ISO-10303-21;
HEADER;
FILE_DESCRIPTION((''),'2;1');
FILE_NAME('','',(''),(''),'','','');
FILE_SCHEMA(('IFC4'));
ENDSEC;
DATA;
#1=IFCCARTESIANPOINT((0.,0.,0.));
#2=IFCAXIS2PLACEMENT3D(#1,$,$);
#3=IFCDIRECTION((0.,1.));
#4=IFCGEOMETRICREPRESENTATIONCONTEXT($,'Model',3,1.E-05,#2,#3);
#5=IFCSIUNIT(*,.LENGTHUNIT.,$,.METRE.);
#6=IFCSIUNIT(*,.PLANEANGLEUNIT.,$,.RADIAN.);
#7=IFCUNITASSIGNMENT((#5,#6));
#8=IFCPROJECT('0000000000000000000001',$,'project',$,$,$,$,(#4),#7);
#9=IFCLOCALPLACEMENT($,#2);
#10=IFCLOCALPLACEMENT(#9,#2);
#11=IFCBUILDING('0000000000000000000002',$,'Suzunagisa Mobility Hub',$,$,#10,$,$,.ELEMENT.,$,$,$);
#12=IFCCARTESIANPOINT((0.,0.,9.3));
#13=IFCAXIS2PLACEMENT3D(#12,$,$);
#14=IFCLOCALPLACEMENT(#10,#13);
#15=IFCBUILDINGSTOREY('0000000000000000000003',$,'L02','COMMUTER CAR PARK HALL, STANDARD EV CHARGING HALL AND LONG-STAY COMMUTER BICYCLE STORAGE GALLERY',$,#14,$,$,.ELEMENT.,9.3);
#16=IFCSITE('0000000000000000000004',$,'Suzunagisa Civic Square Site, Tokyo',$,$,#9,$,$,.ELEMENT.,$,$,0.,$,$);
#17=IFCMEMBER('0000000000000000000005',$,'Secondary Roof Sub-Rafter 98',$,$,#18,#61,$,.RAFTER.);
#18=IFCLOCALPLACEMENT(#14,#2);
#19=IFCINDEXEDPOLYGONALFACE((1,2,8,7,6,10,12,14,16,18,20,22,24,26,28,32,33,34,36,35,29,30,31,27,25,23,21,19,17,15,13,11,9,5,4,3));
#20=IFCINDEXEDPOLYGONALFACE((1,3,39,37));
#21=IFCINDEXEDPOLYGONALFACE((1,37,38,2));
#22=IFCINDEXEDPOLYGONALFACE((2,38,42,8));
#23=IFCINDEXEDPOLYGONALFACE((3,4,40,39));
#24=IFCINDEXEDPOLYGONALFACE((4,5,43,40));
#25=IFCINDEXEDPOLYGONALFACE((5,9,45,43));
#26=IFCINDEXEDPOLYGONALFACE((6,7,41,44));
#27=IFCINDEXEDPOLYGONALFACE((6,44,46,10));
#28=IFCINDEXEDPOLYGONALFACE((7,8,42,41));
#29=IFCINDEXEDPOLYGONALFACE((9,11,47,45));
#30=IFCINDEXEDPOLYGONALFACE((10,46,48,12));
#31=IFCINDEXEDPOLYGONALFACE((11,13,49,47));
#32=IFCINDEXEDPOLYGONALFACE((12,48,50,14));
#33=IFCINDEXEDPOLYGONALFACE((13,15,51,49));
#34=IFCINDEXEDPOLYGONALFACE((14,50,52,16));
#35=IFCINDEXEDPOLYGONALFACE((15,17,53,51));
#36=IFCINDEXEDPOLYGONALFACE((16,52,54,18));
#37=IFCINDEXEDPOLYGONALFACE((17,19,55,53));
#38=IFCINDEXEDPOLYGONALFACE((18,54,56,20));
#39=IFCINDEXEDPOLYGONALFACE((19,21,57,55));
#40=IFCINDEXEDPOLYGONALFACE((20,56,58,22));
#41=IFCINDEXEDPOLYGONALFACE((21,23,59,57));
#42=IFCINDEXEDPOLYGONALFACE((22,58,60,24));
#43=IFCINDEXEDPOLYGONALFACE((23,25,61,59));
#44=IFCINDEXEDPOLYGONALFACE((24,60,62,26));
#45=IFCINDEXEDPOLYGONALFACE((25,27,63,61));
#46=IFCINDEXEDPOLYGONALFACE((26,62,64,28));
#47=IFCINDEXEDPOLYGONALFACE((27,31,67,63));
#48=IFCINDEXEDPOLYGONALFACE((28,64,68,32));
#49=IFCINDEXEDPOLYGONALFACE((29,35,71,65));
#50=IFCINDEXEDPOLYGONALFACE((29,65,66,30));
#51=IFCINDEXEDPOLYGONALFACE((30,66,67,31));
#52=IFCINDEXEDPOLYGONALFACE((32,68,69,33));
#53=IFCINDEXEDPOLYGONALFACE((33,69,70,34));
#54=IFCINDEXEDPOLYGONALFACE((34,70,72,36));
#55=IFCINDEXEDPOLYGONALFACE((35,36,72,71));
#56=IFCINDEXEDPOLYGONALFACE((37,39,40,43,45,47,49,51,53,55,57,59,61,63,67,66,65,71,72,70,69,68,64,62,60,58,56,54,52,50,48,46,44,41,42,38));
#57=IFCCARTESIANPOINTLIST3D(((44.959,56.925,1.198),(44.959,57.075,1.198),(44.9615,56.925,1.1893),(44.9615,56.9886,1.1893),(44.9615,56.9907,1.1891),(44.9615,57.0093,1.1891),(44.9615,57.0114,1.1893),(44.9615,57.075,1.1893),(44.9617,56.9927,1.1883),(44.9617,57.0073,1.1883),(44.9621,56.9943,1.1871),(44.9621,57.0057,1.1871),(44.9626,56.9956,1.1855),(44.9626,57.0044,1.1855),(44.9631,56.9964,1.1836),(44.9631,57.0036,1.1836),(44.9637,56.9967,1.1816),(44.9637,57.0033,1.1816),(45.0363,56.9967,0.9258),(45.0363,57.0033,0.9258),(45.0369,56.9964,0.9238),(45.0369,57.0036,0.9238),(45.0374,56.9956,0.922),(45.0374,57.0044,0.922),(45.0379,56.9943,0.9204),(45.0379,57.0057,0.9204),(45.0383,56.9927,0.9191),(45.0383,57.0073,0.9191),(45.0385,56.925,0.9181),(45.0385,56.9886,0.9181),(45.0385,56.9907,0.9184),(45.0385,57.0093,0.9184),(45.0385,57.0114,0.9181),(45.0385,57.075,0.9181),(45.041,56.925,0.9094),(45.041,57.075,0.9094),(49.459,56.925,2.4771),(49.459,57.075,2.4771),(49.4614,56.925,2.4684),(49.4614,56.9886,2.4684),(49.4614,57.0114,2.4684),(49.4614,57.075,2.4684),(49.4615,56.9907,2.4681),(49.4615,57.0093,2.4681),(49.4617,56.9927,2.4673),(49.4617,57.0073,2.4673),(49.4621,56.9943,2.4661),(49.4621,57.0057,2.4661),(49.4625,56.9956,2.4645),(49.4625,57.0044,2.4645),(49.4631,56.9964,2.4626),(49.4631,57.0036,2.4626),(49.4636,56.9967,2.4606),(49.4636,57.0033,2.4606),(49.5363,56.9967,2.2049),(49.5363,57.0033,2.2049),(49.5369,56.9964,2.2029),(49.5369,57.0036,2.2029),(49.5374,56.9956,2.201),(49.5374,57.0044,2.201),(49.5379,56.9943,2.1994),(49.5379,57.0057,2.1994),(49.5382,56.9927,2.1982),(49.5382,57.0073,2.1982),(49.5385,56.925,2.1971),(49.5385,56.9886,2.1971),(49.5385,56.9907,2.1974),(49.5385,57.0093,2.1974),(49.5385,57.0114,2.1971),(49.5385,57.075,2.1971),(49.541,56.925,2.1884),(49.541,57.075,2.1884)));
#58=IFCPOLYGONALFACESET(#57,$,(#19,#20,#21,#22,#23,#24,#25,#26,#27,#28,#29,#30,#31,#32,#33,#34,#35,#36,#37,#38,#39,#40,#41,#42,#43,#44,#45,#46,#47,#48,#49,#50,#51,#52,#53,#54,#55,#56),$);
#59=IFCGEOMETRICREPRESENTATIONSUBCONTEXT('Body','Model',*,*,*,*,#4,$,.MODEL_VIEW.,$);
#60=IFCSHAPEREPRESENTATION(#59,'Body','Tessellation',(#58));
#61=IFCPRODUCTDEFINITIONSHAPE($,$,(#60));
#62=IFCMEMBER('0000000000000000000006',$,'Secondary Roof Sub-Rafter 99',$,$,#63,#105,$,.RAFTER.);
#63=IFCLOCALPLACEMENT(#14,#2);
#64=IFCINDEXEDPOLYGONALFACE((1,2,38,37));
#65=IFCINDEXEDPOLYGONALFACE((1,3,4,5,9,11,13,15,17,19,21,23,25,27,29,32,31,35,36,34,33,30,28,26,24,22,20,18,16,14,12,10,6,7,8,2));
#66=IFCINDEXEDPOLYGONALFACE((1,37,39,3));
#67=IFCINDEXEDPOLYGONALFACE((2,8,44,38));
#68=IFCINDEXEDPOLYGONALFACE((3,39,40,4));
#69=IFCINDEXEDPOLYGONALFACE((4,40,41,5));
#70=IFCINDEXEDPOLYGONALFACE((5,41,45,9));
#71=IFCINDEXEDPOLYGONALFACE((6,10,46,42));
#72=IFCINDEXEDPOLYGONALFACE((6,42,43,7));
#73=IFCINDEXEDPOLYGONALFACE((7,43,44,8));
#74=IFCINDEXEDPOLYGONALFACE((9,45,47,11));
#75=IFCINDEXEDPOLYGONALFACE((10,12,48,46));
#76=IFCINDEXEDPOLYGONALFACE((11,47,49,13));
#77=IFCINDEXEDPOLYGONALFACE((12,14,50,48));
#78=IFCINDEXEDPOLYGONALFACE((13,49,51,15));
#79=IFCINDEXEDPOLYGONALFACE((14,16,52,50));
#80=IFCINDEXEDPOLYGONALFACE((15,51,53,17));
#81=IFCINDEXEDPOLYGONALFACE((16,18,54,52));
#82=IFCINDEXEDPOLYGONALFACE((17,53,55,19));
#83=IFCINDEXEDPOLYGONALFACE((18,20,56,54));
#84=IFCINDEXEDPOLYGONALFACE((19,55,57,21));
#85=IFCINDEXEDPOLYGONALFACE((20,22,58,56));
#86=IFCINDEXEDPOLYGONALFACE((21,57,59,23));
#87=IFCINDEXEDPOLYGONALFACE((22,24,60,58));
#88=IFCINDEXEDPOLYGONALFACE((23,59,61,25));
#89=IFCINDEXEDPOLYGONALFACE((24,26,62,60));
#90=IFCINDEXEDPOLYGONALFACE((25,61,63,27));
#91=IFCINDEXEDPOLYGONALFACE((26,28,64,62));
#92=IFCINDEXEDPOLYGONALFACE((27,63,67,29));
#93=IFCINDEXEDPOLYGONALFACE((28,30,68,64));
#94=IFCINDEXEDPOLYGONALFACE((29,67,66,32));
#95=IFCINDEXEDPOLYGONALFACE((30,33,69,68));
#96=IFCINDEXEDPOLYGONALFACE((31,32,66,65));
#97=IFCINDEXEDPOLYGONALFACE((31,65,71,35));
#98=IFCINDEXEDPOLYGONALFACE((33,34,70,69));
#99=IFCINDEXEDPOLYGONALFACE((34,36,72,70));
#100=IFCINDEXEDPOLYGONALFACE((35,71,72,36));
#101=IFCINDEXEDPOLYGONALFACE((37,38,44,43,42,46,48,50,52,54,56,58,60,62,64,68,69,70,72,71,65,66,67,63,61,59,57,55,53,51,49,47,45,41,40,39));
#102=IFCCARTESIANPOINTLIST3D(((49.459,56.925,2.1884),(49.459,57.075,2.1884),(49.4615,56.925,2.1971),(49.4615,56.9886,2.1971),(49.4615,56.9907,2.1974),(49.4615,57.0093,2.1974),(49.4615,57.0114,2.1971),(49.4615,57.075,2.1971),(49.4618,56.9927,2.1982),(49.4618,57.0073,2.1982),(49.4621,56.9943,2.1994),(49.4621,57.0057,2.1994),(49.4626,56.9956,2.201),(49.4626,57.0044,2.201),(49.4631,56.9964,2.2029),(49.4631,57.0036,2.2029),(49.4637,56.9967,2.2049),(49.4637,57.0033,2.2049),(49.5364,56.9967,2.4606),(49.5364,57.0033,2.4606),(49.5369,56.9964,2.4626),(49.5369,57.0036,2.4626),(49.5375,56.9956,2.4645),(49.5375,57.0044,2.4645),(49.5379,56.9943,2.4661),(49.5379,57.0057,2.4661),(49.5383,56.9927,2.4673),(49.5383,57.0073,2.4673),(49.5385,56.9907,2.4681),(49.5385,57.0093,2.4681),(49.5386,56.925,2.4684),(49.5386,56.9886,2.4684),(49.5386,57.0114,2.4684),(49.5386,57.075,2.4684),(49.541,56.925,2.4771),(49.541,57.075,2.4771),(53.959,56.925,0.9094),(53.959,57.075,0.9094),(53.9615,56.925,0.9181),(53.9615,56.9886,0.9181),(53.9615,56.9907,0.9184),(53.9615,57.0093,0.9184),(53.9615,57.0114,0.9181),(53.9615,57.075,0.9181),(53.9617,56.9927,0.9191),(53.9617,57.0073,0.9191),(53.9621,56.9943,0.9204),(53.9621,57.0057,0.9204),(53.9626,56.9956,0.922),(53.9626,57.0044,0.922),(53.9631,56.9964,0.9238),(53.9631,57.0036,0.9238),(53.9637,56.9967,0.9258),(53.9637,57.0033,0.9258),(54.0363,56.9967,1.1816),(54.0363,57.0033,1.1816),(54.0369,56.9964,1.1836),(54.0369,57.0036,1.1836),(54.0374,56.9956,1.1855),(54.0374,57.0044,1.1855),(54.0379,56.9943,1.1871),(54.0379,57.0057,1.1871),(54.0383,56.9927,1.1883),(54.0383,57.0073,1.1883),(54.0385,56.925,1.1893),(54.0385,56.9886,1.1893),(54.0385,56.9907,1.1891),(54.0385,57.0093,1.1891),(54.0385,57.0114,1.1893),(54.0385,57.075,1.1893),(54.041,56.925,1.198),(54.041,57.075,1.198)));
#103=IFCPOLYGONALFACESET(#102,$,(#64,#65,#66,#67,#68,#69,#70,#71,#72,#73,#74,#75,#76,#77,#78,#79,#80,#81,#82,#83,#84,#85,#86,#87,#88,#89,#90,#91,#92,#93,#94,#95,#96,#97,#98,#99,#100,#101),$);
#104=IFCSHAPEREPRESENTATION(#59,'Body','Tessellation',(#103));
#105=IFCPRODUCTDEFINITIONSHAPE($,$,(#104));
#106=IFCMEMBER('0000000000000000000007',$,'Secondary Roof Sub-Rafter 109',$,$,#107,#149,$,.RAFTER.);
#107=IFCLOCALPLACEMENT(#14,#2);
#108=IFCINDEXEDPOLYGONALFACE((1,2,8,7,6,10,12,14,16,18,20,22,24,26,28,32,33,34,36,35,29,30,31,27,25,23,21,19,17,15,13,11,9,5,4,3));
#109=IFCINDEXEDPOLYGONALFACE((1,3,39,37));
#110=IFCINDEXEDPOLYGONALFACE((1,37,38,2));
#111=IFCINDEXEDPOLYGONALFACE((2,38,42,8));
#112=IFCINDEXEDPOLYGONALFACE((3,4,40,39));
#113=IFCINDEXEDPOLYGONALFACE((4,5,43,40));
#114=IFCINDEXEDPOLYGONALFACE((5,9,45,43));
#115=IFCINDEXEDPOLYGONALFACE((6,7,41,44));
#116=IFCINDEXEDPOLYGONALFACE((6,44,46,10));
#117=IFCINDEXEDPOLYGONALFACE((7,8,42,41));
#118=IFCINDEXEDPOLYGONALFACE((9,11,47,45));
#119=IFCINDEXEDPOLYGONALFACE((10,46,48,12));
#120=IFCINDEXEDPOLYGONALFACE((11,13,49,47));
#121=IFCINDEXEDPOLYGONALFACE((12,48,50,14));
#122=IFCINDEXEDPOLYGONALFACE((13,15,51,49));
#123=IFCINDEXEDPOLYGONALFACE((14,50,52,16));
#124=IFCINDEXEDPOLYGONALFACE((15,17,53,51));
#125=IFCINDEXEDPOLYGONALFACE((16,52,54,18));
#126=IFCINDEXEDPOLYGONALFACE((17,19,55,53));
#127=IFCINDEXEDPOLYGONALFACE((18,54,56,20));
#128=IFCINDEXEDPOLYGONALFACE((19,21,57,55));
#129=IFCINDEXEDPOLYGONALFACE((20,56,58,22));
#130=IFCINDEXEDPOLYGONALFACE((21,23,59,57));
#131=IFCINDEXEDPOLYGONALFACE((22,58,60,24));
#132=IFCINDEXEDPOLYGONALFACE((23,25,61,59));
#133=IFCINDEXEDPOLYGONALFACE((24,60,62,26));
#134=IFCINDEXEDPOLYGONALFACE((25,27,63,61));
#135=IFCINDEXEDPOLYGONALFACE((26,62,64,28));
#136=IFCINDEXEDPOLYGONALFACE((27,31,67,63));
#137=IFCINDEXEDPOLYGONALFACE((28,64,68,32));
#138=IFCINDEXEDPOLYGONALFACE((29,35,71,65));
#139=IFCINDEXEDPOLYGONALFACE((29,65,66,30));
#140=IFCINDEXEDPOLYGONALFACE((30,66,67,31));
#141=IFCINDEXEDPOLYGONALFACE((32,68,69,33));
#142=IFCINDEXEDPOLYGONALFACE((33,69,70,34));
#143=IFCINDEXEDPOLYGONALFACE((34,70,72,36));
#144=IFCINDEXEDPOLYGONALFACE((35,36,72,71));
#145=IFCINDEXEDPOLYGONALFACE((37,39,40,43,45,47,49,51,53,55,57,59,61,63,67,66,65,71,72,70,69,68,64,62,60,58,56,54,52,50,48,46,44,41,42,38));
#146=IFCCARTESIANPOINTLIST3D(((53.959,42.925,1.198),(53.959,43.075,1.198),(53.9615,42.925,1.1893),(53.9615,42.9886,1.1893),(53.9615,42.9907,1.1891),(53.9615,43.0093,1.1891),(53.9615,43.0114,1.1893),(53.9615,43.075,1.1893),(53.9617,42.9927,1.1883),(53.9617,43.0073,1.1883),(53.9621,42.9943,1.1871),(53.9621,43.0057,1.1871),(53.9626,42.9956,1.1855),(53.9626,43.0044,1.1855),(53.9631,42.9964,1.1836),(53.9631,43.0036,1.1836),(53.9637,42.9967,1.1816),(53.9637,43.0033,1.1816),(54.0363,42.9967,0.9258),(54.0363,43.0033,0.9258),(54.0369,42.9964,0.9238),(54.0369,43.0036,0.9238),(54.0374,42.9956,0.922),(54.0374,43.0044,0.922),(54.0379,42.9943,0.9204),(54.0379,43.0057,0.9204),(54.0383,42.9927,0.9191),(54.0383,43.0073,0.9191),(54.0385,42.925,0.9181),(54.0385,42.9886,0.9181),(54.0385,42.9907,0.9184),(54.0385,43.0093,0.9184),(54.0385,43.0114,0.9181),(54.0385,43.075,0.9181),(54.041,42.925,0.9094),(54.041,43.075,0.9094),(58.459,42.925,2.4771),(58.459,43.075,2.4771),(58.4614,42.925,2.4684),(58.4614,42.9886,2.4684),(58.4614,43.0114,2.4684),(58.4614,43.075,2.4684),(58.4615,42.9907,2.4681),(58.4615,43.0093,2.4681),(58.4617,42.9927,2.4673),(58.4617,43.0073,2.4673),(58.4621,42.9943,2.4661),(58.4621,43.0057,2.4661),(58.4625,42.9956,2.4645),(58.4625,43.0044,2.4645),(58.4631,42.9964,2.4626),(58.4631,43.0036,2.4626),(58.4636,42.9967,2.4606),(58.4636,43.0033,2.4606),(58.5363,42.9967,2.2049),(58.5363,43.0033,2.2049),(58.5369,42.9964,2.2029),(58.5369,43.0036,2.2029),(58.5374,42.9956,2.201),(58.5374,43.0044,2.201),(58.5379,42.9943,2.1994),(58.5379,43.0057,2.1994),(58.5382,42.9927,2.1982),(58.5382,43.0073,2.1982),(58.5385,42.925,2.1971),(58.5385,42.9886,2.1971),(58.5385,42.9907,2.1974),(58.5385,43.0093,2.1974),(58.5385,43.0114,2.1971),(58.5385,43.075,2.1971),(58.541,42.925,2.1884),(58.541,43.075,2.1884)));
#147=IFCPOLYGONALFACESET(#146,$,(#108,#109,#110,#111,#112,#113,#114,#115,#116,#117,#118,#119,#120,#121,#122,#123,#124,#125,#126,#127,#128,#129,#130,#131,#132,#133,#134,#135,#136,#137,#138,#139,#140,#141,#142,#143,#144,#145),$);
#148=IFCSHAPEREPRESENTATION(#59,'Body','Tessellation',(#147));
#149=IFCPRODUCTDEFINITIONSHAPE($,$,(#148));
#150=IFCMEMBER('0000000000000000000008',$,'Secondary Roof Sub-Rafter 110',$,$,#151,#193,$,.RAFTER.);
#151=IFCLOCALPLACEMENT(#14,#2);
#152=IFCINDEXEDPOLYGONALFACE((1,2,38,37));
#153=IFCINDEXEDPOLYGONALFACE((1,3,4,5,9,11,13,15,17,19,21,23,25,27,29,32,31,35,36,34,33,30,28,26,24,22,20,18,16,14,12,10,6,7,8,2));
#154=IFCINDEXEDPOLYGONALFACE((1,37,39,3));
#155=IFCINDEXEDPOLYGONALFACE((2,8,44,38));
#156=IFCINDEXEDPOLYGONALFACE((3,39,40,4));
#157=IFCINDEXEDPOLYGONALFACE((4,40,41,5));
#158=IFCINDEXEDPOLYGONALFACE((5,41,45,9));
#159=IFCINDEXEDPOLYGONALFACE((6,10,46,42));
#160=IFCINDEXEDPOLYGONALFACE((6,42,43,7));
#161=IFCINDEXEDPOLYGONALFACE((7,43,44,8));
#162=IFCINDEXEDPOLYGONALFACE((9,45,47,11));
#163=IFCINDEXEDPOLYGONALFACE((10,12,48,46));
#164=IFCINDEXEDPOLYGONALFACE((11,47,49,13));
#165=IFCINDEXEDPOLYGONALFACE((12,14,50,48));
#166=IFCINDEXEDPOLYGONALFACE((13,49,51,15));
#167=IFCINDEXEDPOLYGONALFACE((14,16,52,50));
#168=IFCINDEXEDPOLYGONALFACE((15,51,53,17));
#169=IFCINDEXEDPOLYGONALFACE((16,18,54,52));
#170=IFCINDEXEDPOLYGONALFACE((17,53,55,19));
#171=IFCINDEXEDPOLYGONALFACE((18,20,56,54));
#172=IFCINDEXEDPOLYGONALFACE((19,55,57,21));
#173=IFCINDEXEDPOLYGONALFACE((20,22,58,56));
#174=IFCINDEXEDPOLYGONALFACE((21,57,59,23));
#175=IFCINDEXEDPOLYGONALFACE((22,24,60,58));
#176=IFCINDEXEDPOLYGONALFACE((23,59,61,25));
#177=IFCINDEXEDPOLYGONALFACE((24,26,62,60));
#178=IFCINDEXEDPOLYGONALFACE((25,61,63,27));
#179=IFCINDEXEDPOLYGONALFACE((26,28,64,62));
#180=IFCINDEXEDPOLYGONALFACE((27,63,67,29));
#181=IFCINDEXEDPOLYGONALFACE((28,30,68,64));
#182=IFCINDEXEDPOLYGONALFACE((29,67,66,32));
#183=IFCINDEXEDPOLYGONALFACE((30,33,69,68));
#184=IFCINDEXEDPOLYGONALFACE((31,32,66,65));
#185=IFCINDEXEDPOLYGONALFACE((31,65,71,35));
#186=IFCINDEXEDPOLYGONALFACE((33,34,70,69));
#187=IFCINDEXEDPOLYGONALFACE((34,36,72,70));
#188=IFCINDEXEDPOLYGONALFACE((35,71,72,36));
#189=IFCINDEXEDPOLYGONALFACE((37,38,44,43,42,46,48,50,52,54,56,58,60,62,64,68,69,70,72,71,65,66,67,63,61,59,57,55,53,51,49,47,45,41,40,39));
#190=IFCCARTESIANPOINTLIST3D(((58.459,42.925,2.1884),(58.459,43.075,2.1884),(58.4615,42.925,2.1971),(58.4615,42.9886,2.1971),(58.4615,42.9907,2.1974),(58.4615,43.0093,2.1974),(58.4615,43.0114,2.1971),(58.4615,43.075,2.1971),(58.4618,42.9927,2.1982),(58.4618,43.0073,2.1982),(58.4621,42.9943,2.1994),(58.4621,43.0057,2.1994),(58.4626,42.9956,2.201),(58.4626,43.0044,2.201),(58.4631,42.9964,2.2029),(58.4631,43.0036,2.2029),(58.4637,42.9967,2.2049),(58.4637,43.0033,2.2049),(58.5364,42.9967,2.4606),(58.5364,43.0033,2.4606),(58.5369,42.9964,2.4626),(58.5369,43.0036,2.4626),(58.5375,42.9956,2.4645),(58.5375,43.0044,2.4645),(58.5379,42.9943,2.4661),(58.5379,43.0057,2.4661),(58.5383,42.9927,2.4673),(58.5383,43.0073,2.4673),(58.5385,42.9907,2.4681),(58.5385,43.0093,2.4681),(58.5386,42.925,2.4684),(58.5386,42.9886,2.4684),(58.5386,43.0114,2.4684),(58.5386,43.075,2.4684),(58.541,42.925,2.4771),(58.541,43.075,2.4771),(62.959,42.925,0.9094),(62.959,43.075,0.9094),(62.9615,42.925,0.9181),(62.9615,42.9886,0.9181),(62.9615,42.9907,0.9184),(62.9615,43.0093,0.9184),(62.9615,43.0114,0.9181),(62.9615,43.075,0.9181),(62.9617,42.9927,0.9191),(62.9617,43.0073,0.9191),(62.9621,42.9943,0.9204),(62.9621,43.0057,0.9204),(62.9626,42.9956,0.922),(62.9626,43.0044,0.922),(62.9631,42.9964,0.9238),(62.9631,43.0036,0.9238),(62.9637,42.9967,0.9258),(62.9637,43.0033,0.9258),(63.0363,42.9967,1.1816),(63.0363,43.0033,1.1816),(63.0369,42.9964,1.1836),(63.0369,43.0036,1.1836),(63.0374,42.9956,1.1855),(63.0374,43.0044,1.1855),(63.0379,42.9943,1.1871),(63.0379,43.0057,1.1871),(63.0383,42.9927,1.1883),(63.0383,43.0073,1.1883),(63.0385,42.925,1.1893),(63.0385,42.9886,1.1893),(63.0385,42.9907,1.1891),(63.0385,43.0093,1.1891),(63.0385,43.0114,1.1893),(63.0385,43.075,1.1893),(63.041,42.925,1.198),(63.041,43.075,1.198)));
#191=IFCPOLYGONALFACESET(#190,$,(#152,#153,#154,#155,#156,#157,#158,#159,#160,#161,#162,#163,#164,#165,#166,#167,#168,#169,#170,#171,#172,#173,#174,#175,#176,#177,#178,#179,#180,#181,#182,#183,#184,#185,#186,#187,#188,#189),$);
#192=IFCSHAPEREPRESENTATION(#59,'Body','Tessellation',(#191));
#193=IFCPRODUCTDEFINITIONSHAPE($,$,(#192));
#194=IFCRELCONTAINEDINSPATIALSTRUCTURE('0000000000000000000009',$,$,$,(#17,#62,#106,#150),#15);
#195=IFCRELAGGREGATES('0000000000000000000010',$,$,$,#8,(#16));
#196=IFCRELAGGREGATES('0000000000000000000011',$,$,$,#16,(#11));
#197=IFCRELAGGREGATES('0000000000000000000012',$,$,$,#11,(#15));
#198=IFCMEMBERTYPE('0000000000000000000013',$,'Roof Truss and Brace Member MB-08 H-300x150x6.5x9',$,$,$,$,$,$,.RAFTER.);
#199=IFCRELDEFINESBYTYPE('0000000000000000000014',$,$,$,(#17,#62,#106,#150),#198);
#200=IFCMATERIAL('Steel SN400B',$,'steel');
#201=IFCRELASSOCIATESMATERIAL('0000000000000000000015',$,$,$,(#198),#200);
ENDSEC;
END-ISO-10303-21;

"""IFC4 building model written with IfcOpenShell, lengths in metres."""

from ifc_helpers import new_model, si_unit, direction, frame, origin, origin_2d, place, context, subcontext, project, spatial, i_section, extrude, material, material_profile, profile_set, type_object, element, save


model = new_model("IFC4")

# Units and contexts
model_context = context("Model", 3, precision=1e-05, world=origin(), true_north=direction((0.0, 1.0)))
body_context = subcontext(model_context, "Body", "Model", "MODEL_VIEW")
ifc_project = project(units=[si_unit("LENGTHUNIT", "METRE"), si_unit("PLANEANGLEUNIT", "RADIAN")], contexts=[model_context])

# Site, building, storey
site_placement = place(None, origin())
site = spatial("IfcSite", under=ifc_project, at=site_placement, Name="Suzunagisa Civic Square Site, Tokyo", CompositionType="ELEMENT", RefElevation=0.0)
building_placement = place(site_placement, origin())
building = spatial("IfcBuilding", under=site, at=building_placement, Name="Suzunagisa Mobility Hub", CompositionType="ELEMENT")
storey_placement = place(building_placement, frame((0.0, 0.0, 9.3)))
storey = spatial("IfcBuildingStorey", under=building, at=storey_placement, Name="L02", Description="COMMUTER CAR PARK HALL, STANDARD EV CHARGING HALL AND LONG-STAY COMMUTER BICYCLE STORAGE GALLERY", CompositionType="ELEMENT", Elevation=9.3)

# Members
ifc_material_1 = material(Name="Steel SN400B", Category="steel")
ifc_material_profile_1 = material_profile(ifc_material_1, i_section(OverallWidth=0.1499, OverallDepth=0.3, WebThickness=0.0066, FlangeThickness=0.009, FilletRadius=0.0081, at=origin_2d()), Name="H-300x150x6.5x9")
ifc_profile_set_1 = profile_set([ifc_material_profile_1], Name="Steel SN400B")
member_type_1 = type_object("IfcMemberType", Name="Roof Truss and Brace Member MB-08 H-300x150x6.5x9", PredefinedType="RAFTER", material=ifc_profile_set_1)
for number, where, z_axis, x_axis, name in (
    (1, (45.0, 57.0, 1.0537), (0.961899, 0.0, 0.273404), (0.0, 1.0, 0.0), "Secondary Roof Sub-Rafter 98"),
    (2, (54.0, 57.0, 1.0537), (-0.961899, 0.0, 0.273404), (0.0, -1.0, 0.0), "Secondary Roof Sub-Rafter 99"),
    (3, (54.0, 43.0, 1.0537), (0.961899, 0.0, 0.273404), (0.0, 1.0, 0.0), "Secondary Roof Sub-Rafter 109"),
    (4, (63.0, 43.0, 1.0537), (-0.961899, 0.0, 0.273404), (0.0, -1.0, 0.0), "Secondary Roof Sub-Rafter 110"),
):
    element("IfcMember", number, at=place(storey_placement, frame(where, z_axis=z_axis, x_axis=x_axis)), inside=storey, type_object=member_type_1, Name=name, PredefinedType="RAFTER", context=body_context, shape_type="SweptSolid", body=[
        extrude(i_section(OverallWidth=0.1499, OverallDepth=0.3, WebThickness=0.0066, FlangeThickness=0.009, FilletRadius=0.0081, at=origin_2d()), origin(), (0.0, 0.0, 1.0), 4.6782),
    ])

save(model, "model.ifc")
